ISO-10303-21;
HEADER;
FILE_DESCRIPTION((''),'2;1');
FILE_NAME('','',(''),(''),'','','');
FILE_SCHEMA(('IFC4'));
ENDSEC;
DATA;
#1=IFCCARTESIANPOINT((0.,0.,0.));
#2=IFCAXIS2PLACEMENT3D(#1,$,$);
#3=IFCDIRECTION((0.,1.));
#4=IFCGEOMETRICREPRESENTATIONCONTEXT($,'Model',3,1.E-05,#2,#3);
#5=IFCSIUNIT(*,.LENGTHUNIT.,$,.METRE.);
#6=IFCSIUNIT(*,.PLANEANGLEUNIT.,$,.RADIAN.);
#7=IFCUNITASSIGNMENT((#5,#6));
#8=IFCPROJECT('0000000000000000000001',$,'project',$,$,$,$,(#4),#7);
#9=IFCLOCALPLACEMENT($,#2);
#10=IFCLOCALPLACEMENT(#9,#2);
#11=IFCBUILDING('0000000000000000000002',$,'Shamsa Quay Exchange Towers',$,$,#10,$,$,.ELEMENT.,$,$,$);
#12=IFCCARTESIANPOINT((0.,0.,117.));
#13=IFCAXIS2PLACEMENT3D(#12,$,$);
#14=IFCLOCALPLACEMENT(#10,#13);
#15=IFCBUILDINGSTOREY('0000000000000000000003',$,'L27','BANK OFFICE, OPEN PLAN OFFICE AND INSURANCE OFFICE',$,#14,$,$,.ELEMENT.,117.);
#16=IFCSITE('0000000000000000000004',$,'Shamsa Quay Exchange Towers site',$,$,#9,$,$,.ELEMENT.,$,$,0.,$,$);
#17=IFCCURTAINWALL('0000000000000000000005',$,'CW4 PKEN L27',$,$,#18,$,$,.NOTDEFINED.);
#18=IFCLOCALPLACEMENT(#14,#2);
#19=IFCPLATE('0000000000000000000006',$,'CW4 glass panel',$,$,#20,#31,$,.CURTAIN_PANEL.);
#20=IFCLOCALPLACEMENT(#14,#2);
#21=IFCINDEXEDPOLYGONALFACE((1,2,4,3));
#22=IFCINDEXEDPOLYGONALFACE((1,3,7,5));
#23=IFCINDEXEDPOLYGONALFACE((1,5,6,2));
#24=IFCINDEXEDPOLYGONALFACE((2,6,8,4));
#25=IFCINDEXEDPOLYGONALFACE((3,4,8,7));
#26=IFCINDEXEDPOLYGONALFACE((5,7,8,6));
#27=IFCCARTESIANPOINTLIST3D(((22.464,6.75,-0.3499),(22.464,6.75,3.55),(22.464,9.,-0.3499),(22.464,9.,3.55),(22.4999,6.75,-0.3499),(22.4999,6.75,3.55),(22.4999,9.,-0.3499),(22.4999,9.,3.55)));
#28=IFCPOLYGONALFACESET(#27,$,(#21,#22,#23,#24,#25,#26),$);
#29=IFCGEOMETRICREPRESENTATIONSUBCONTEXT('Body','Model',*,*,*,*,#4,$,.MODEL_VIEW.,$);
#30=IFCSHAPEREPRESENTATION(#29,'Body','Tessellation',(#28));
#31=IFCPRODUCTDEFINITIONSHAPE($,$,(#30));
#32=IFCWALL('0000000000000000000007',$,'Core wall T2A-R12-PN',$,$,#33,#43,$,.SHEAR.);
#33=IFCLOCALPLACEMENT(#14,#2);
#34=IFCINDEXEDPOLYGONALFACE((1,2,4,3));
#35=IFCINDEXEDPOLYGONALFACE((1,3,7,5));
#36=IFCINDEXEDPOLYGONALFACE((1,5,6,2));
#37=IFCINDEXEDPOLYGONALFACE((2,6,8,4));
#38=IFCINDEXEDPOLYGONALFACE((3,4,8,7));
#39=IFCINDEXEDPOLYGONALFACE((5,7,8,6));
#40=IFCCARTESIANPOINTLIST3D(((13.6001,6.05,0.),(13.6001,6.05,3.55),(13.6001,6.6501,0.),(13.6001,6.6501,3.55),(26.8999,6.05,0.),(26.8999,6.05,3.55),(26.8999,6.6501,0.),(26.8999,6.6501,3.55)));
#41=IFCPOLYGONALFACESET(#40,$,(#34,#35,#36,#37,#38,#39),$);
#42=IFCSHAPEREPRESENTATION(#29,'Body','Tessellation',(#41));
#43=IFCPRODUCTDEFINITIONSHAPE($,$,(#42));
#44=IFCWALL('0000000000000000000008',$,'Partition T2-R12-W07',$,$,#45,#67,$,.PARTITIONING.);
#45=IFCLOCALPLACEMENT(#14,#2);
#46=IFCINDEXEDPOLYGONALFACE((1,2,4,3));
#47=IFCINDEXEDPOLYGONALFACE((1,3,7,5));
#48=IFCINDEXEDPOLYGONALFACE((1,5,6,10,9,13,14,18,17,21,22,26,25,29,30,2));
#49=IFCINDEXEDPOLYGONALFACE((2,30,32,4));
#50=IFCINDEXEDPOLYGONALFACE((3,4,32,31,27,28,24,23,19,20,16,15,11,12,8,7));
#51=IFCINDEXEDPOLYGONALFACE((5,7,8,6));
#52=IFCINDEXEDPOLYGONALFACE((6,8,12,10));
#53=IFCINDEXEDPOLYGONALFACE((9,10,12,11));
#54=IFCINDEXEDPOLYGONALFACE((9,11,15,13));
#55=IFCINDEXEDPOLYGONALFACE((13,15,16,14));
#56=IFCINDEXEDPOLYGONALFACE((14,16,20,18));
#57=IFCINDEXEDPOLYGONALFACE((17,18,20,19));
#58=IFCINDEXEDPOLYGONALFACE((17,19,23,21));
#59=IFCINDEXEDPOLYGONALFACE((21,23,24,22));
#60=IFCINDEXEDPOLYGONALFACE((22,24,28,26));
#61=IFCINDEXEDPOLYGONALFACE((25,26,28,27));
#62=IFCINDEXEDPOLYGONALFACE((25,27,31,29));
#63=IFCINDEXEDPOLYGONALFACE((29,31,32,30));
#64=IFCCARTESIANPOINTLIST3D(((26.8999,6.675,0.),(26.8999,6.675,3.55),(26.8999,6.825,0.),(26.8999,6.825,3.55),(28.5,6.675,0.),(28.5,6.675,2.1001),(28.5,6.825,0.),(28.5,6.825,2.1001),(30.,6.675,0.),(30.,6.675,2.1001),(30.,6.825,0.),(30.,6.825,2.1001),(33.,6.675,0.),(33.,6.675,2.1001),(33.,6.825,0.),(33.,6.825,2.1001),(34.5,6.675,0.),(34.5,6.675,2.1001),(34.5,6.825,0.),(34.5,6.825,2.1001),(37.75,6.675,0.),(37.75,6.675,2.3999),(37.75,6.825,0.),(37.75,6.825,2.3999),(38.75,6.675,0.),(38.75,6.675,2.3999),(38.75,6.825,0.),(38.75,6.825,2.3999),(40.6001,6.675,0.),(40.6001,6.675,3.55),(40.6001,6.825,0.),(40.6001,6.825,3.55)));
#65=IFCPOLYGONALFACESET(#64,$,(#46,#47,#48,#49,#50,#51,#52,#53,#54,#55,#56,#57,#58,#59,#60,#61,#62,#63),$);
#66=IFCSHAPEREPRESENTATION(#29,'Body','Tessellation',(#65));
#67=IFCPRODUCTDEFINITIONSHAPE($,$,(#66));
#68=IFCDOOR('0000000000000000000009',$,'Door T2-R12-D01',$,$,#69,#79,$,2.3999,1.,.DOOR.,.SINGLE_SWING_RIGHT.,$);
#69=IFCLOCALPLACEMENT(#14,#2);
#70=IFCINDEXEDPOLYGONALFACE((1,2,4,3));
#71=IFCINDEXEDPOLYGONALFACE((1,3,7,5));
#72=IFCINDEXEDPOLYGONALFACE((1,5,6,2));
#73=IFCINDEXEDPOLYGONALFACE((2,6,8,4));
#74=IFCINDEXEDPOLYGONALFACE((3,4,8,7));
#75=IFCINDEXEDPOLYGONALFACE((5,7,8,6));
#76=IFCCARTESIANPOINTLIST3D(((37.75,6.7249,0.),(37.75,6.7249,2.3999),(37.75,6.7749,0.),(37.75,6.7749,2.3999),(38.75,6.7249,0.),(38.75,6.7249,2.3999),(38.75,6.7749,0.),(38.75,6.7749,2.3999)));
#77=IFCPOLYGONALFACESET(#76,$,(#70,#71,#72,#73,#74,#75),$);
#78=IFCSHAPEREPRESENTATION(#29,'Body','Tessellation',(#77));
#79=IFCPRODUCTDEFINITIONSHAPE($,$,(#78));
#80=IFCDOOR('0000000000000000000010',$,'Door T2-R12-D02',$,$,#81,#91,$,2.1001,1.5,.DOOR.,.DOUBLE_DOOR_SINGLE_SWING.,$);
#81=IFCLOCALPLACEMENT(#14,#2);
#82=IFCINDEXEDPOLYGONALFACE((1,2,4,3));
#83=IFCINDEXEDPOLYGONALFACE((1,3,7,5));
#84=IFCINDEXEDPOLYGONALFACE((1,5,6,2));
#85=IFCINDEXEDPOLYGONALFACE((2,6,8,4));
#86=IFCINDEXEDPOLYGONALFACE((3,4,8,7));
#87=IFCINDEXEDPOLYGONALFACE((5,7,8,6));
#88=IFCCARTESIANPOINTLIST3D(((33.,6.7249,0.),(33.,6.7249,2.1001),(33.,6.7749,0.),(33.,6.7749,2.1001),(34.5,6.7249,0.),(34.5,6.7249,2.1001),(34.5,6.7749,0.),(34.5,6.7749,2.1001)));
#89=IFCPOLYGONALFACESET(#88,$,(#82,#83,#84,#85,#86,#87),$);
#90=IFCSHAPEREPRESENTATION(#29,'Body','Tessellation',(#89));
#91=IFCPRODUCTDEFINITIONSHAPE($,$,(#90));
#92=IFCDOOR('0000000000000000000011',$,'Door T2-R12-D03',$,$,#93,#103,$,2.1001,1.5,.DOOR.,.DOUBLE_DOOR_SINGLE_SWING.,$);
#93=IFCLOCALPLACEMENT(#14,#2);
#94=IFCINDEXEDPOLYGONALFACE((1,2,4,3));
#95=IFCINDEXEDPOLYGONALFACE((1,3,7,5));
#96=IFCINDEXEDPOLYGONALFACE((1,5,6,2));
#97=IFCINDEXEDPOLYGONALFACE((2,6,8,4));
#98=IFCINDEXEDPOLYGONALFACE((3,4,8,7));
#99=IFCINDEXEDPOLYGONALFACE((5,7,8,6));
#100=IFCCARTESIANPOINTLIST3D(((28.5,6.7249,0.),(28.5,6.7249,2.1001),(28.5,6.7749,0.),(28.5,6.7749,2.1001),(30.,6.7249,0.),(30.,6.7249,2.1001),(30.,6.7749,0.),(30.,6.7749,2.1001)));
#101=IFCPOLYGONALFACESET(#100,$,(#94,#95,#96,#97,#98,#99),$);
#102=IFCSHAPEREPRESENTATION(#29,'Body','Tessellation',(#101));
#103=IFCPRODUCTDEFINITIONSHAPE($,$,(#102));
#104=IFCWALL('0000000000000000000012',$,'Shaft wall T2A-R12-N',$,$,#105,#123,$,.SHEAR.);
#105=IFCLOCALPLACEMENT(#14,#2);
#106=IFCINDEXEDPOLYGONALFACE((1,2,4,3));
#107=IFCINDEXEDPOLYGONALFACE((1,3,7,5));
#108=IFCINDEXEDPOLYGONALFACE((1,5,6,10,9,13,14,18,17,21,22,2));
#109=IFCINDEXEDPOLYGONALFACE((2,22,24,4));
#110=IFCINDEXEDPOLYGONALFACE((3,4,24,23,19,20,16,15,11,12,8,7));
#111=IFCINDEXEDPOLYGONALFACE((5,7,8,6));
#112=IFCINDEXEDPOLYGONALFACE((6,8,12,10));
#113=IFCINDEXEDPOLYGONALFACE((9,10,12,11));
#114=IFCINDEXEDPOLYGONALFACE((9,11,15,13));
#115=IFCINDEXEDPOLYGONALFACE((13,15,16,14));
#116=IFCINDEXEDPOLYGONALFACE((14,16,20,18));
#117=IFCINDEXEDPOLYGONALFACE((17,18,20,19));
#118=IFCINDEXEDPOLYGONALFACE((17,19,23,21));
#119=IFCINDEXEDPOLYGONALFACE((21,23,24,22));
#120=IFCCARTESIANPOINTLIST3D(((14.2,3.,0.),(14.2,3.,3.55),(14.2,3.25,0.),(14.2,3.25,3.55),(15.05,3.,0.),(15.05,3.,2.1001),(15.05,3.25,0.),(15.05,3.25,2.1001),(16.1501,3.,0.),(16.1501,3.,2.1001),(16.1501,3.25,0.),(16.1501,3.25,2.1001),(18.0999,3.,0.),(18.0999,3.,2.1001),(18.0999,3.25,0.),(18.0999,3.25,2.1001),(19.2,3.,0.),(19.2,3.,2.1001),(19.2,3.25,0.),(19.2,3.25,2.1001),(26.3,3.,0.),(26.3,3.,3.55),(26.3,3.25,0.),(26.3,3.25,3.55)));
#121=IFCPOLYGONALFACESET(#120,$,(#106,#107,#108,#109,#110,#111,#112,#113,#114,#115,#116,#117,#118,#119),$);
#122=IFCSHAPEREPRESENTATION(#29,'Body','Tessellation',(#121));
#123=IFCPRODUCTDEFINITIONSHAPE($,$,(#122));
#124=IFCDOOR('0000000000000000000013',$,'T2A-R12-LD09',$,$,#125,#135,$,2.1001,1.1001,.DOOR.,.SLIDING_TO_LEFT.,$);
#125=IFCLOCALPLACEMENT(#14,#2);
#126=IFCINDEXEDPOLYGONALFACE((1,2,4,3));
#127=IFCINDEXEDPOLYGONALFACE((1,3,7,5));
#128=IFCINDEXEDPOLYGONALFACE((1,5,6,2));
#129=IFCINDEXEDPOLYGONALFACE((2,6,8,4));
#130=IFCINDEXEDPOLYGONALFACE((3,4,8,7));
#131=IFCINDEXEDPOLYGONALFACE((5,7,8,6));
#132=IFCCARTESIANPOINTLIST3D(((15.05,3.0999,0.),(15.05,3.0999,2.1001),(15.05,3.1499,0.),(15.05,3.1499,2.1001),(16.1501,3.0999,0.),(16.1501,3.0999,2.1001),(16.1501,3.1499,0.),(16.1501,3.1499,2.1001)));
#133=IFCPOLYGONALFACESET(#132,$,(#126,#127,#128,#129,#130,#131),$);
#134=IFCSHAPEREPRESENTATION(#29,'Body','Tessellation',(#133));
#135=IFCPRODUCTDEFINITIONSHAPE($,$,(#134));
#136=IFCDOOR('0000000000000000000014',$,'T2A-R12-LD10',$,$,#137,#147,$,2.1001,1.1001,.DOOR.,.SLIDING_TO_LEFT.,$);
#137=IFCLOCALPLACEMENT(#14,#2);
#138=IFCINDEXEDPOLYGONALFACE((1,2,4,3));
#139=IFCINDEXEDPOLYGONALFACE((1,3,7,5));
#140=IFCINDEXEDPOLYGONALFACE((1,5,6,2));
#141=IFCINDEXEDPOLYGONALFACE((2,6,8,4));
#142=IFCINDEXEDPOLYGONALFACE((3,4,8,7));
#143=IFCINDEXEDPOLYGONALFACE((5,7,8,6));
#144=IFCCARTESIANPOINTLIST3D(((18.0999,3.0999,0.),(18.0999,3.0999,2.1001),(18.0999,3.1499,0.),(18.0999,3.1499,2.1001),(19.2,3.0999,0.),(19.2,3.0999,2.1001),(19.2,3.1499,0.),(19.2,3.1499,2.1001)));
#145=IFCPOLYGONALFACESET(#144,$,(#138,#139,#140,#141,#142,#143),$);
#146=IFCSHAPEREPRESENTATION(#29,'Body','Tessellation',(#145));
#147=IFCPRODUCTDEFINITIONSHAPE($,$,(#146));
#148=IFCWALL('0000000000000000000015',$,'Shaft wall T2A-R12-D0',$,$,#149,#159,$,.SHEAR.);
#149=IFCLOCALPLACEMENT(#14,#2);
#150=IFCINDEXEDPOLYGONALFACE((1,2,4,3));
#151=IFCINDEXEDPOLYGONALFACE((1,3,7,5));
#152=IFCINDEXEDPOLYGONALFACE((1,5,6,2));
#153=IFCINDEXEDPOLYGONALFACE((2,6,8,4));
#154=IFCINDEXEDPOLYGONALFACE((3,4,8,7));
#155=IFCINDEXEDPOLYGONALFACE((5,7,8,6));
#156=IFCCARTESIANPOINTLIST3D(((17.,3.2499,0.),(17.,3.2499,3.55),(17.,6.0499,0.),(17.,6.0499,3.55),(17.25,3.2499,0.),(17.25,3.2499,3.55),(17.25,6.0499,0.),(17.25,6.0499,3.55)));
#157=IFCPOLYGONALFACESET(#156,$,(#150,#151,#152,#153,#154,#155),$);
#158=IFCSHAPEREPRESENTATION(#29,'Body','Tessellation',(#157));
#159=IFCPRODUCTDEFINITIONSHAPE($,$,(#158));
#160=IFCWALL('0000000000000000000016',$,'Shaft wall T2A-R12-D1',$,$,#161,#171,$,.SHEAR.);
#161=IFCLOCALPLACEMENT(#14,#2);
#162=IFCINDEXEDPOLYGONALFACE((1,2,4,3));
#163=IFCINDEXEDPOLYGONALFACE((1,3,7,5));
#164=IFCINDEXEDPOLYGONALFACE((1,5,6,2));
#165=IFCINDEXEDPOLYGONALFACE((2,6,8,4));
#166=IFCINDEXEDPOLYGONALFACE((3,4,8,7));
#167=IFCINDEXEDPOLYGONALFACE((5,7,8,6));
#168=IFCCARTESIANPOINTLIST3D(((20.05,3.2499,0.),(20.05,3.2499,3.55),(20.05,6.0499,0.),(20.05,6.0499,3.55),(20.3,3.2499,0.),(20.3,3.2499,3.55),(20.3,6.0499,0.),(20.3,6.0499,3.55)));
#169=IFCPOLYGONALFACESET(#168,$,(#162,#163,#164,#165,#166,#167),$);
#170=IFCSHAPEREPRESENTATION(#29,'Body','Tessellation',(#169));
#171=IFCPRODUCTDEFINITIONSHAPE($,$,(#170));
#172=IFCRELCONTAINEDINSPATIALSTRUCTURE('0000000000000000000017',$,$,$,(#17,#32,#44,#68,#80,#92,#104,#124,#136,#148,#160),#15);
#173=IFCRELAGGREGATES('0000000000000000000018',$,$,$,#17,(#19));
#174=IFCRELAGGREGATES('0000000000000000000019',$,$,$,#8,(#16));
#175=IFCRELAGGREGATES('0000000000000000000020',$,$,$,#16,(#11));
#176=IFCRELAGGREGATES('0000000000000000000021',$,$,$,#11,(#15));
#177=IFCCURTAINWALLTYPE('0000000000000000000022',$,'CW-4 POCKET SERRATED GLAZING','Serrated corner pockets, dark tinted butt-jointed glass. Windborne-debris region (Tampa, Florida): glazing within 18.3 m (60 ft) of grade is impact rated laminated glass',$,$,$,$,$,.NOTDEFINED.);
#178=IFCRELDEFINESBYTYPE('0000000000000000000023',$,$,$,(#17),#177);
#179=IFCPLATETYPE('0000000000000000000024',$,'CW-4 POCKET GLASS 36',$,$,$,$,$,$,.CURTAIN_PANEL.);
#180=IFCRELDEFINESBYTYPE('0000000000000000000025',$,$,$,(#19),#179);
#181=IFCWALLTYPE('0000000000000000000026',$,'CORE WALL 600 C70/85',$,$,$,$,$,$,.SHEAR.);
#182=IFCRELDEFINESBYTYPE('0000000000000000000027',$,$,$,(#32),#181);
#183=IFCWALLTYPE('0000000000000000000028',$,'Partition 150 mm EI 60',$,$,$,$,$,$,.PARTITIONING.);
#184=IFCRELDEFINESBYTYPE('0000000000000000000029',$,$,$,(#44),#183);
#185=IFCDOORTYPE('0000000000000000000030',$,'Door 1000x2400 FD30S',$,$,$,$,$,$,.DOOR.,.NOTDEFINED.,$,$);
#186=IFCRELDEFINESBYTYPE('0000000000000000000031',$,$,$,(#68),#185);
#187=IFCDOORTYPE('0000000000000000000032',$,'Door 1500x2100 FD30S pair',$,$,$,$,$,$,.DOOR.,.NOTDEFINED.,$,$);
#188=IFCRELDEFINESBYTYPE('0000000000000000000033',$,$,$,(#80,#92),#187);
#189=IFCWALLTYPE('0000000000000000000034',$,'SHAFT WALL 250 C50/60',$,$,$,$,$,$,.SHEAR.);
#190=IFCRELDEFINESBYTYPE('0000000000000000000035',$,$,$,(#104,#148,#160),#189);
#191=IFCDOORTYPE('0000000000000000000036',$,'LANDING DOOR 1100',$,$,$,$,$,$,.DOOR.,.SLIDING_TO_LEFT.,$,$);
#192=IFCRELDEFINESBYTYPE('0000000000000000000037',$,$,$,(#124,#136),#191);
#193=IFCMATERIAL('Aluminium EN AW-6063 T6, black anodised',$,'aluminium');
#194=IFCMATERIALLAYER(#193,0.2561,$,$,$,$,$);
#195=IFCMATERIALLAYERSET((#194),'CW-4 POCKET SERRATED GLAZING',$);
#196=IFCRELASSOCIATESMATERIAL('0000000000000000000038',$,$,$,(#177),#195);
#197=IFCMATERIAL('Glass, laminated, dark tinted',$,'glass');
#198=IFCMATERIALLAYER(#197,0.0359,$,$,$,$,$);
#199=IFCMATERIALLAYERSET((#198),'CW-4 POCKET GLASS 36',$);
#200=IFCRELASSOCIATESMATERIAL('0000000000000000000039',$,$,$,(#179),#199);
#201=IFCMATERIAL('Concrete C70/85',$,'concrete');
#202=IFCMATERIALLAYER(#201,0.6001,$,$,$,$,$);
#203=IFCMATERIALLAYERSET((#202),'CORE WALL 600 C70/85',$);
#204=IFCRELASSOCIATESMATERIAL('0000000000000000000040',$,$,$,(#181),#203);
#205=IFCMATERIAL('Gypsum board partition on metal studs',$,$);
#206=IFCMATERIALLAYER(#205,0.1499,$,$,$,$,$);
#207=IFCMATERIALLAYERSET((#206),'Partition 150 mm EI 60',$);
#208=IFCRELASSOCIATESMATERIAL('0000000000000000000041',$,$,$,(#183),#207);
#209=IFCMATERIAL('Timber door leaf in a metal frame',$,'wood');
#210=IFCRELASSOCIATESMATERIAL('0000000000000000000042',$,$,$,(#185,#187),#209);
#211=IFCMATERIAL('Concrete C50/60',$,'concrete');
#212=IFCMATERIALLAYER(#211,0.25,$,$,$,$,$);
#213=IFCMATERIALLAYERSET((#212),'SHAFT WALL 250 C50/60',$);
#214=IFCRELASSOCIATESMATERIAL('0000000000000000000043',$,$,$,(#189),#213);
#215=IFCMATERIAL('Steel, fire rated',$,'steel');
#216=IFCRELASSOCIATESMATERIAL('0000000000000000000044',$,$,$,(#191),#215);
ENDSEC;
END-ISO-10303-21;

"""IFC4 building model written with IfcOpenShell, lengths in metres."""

from ifc_helpers import new_model, si_unit, direction, frame, frame_2d, origin, origin_2d, place, context, subcontext, project, spatial, rectangle, extrude, material, layer, layer_set, type_object, element, fill, aggregate, save


model = new_model("IFC4")

# Units and contexts
model_context = context("Model", 3, precision=1e-05, world=origin(), true_north=direction((0.0, 1.0)))
body_context = subcontext(model_context, "Body", "Model", "MODEL_VIEW")
ifc_project = project(units=[si_unit("LENGTHUNIT", "METRE"), si_unit("PLANEANGLEUNIT", "RADIAN")], contexts=[model_context])

# Site, building, storey
site_placement = place(None, origin())
site = spatial("IfcSite", under=ifc_project, at=site_placement, Name="Shamsa Quay Exchange Towers site", CompositionType="ELEMENT", RefElevation=0.0)
building_placement = place(site_placement, origin())
building = spatial("IfcBuilding", under=site, at=building_placement, Name="Shamsa Quay Exchange Towers", CompositionType="ELEMENT")
storey_placement = place(building_placement, frame((0.0, 0.0, 117.0)))
storey = spatial("IfcBuildingStorey", under=building, at=storey_placement, Name="L27", Description="BANK OFFICE, OPEN PLAN OFFICE AND INSURANCE OFFICE", CompositionType="ELEMENT", Elevation=117.0)

# Shared definitions
ifc_material_1 = material(Name="Aluminium EN AW-6063 T6, black anodised", Category="aluminium")

# Shared definitions
ifc_material_2 = material(Name="Glass, laminated, dark tinted", Category="glass")

# Curtain wall, plate
ifc_layer_1 = layer(ifc_material_1, 0.2561)
ifc_layer_set_1 = layer_set([ifc_layer_1], Name="CW-4 POCKET SERRATED GLAZING")
curtain_wall_type_1 = type_object("IfcCurtainWallType", Name="CW-4 POCKET SERRATED GLAZING", Description="Serrated corner pockets, dark tinted butt-jointed glass. Windborne-debris region (Tampa, Florida): glazing within 18.3 m (60 ft) of grade is impact rated laminated glass", PredefinedType="NOTDEFINED", material=ifc_layer_set_1)
curtain_wall_1_placement = place(storey_placement, origin())
curtain_wall_1 = element("IfcCurtainWall", 1, at=curtain_wall_1_placement, inside=storey, type_object=curtain_wall_type_1, Name="CW4 PKEN L27", PredefinedType="NOTDEFINED")
ifc_layer_2 = layer(ifc_material_2, 0.0359)
ifc_layer_set_2 = layer_set([ifc_layer_2], Name="CW-4 POCKET GLASS 36")
plate_type_1 = type_object("IfcPlateType", Name="CW-4 POCKET GLASS 36", PredefinedType="CURTAIN_PANEL", material=ifc_layer_set_2)
plate_1_placement = place(storey_placement, frame((22.4819, 7.875, -0.3499), z_axis=(0.0, 0.0, 1.0), x_axis=(0.0, -1.0, 0.0)))
plate_1 = element("IfcPlate", 2, at=plate_1_placement, type_object=plate_type_1, Name="CW4 glass panel", PredefinedType="CURTAIN_PANEL", context=body_context, shape_type="SweptSolid", body=[
    extrude(rectangle(XDim=2.25, YDim=0.0359, at=origin_2d()), origin(), (0.0, 0.0, 1.0), 3.8999),
])
aggregate(curtain_wall_1, [plate_1])

# Wall
ifc_material_3 = material(Name="Concrete C70/85", Category="concrete")
ifc_layer_3 = layer(ifc_material_3, 0.6001)
ifc_layer_set_3 = layer_set([ifc_layer_3], Name="CORE WALL 600 C70/85")
wall_type_1 = type_object("IfcWallType", Name="CORE WALL 600 C70/85", PredefinedType="SHEAR", material=ifc_layer_set_3)
wall_1_placement = place(storey_placement, frame((13.6001, 6.3501, 0.0)))
element("IfcWall", 3, at=wall_1_placement, inside=storey, type_object=wall_type_1, Name="Core wall T2A-R12-PN", PredefinedType="SHEAR", context=body_context, shape_type="SweptSolid", body=[
    extrude(rectangle(XDim=13.2998, YDim=0.6001, at=frame_2d((6.6499, 0.0))), origin(), (0.0, 0.0, 1.0), 3.55),
])

# Shared definitions
ifc_material_4 = material(Name="Steel, fire rated", Category="steel")

# Walls, openings, doors
ifc_material_5 = material(Name="Gypsum board partition on metal studs")
ifc_layer_4 = layer(ifc_material_5, 0.1499)
ifc_layer_set_4 = layer_set([ifc_layer_4], Name="Partition 150 mm EI 60")
wall_type_2 = type_object("IfcWallType", Name="Partition 150 mm EI 60", PredefinedType="PARTITIONING", material=ifc_layer_set_4)
wall_2_placement = place(storey_placement, frame((26.8999, 6.75, 0.0)))
wall_2 = element("IfcWall", 4, at=wall_2_placement, inside=storey, type_object=wall_type_2, Name="Partition T2-R12-W07", PredefinedType="PARTITIONING", context=body_context, shape_type="SweptSolid", body=[
    extrude(rectangle(XDim=13.7002, YDim=0.1499, at=frame_2d((6.8501, 0.0))), origin(), (0.0, 0.0, 1.0), 3.55),
])
opening_1_placement = place(wall_2_placement, frame((10.8501, 0.0, 0.0)))
opening_1 = element("IfcOpeningElement", 5, at=opening_1_placement, cuts=wall_2, PredefinedType="OPENING", context=body_context, shape_type="SweptSolid", body=[
    extrude(rectangle(XDim=1.0, YDim=2.3999, at=frame_2d((0.5, 1.2))), frame((0.0, 0.085, 0.0), z_axis=(0.0, -1.0, 0.0), x_axis=(1.0, 0.0, 0.0)), (0.0, 0.0, 1.0), 0.1699),
])
opening_2_placement = place(wall_2_placement, frame((6.1001, 0.0, 0.0)))
opening_2 = element("IfcOpeningElement", 6, at=opening_2_placement, cuts=wall_2, PredefinedType="OPENING", context=body_context, shape_type="SweptSolid", body=[
    extrude(rectangle(XDim=1.5, YDim=2.1001, at=frame_2d((0.75, 1.05))), frame((0.0, 0.085, 0.0), z_axis=(0.0, -1.0, 0.0), x_axis=(1.0, 0.0, 0.0)), (0.0, 0.0, 1.0), 0.1699),
])
opening_3_placement = place(wall_2_placement, frame((1.6001, 0.0, 0.0)))
opening_3 = element("IfcOpeningElement", 7, at=opening_3_placement, cuts=wall_2, PredefinedType="OPENING", context=body_context, shape_type="SweptSolid", body=[
    extrude(rectangle(XDim=1.5, YDim=2.1001, at=frame_2d((0.75, 1.05))), frame((0.0, 0.085, 0.0), z_axis=(0.0, -1.0, 0.0), x_axis=(1.0, 0.0, 0.0)), (0.0, 0.0, 1.0), 0.1699),
])
ifc_material_6 = material(Name="Timber door leaf in a metal frame", Category="wood")
door_type_1 = type_object("IfcDoorType", Name="Door 1000x2400 FD30S", OperationType="NOTDEFINED", PredefinedType="DOOR", material=ifc_material_6)
door_1_placement = place(opening_1_placement, origin())
door_1 = element("IfcDoor", 8, at=door_1_placement, inside=storey, type_object=door_type_1, Name="Door T2-R12-D01", OperationType="SINGLE_SWING_RIGHT", OverallHeight=2.3999, OverallWidth=1.0, PredefinedType="DOOR", context=body_context, shape_type="SweptSolid", body=[
    extrude(rectangle(XDim=1.0, YDim=2.3999, at=frame_2d((0.5, 1.2))), frame((0.0, 0.0249, 0.0), z_axis=(0.0, -1.0, 0.0), x_axis=(1.0, 0.0, 0.0)), (0.0, 0.0, 1.0), 0.05),
])
fill(opening_1, door_1)
door_type_2 = type_object("IfcDoorType", Name="Door 1500x2100 FD30S pair", OperationType="NOTDEFINED", PredefinedType="DOOR", material=ifc_material_6)
door_2_placement = place(opening_2_placement, origin())
door_2 = element("IfcDoor", 9, at=door_2_placement, inside=storey, type_object=door_type_2, Name="Door T2-R12-D02", OperationType="DOUBLE_DOOR_SINGLE_SWING", OverallHeight=2.1001, OverallWidth=1.5, PredefinedType="DOOR", context=body_context, shape_type="SweptSolid", body=[
    extrude(rectangle(XDim=1.5, YDim=2.1001, at=frame_2d((0.75, 1.05))), frame((0.0, 0.0249, 0.0), z_axis=(0.0, -1.0, 0.0), x_axis=(1.0, 0.0, 0.0)), (0.0, 0.0, 1.0), 0.05),
])
fill(opening_2, door_2)
door_3_placement = place(opening_3_placement, origin())
door_3 = element("IfcDoor", 10, at=door_3_placement, inside=storey, type_object=door_type_2, Name="Door T2-R12-D03", OperationType="DOUBLE_DOOR_SINGLE_SWING", OverallHeight=2.1001, OverallWidth=1.5, PredefinedType="DOOR", context=body_context, shape_type="SweptSolid", body=[
    extrude(rectangle(XDim=1.5, YDim=2.1001, at=frame_2d((0.75, 1.05))), frame((0.0, 0.0249, 0.0), z_axis=(0.0, -1.0, 0.0), x_axis=(1.0, 0.0, 0.0)), (0.0, 0.0, 1.0), 0.05),
])
fill(opening_3, door_3)
ifc_material_7 = material(Name="Concrete C50/60", Category="concrete")
ifc_layer_5 = layer(ifc_material_7, 0.25)
ifc_layer_set_5 = layer_set([ifc_layer_5], Name="SHAFT WALL 250 C50/60")
wall_type_3 = type_object("IfcWallType", Name="SHAFT WALL 250 C50/60", PredefinedType="SHEAR", material=ifc_layer_set_5)
wall_3_placement = place(storey_placement, frame((14.2, 3.125, 0.0)))
wall_3 = element("IfcWall", 11, at=wall_3_placement, inside=storey, type_object=wall_type_3, Name="Shaft wall T2A-R12-N", PredefinedType="SHEAR", context=body_context, shape_type="SweptSolid", body=[
    extrude(rectangle(XDim=12.1001, YDim=0.25, at=frame_2d((6.05, 0.0))), origin(), (0.0, 0.0, 1.0), 3.55),
])
opening_4_placement = place(wall_3_placement, frame((0.8501, 0.0, 0.0)))
opening_4 = element("IfcOpeningElement", 12, at=opening_4_placement, cuts=wall_3, PredefinedType="OPENING", context=body_context, shape_type="SweptSolid", body=[
    extrude(rectangle(XDim=1.1001, YDim=2.1001, at=frame_2d((0.55, 1.05))), frame((0.0, 0.135, 0.0), z_axis=(0.0, -1.0, 0.0), x_axis=(1.0, 0.0, 0.0)), (0.0, 0.0, 1.0), 0.27),
])
opening_5_placement = place(wall_3_placement, frame((3.8999, 0.0, 0.0)))
opening_5 = element("IfcOpeningElement", 13, at=opening_5_placement, cuts=wall_3, PredefinedType="OPENING", context=body_context, shape_type="SweptSolid", body=[
    extrude(rectangle(XDim=1.1001, YDim=2.1001, at=frame_2d((0.55, 1.05))), frame((0.0, 0.135, 0.0), z_axis=(0.0, -1.0, 0.0), x_axis=(1.0, 0.0, 0.0)), (0.0, 0.0, 1.0), 0.27),
])
door_type_3 = type_object("IfcDoorType", Name="LANDING DOOR 1100", OperationType="SLIDING_TO_LEFT", PredefinedType="DOOR", material=ifc_material_4)
door_4_placement = place(opening_4_placement, origin())
door_4 = element("IfcDoor", 14, at=door_4_placement, inside=storey, type_object=door_type_3, Name="T2A-R12-LD09", OperationType="SLIDING_TO_LEFT", OverallHeight=2.1001, OverallWidth=1.1001, PredefinedType="DOOR", context=body_context, shape_type="SweptSolid", body=[
    extrude(rectangle(XDim=1.1001, YDim=2.1001, at=frame_2d((0.55, 1.05))), frame((0.0, 0.0249, 0.0), z_axis=(0.0, -1.0, 0.0), x_axis=(1.0, 0.0, 0.0)), (0.0, 0.0, 1.0), 0.05),
])
fill(opening_4, door_4)
door_5_placement = place(opening_5_placement, origin())
door_5 = element("IfcDoor", 15, at=door_5_placement, inside=storey, type_object=door_type_3, Name="T2A-R12-LD10", OperationType="SLIDING_TO_LEFT", OverallHeight=2.1001, OverallWidth=1.1001, PredefinedType="DOOR", context=body_context, shape_type="SweptSolid", body=[
    extrude(rectangle(XDim=1.1001, YDim=2.1001, at=frame_2d((0.55, 1.05))), frame((0.0, 0.0249, 0.0), z_axis=(0.0, -1.0, 0.0), x_axis=(1.0, 0.0, 0.0)), (0.0, 0.0, 1.0), 0.05),
])
fill(opening_5, door_5)

# Walls
for number, where, z_axis, x_axis, name in (
    (16, (17.125, 3.25, 0.0), (0.0, 0.0, 1.0), (0.0, 1.0, 0.0), "Shaft wall T2A-R12-D0"),
    (17, (20.175, 3.25, 0.0), (0.0, 0.0, 1.0), (0.0, 1.0, 0.0), "Shaft wall T2A-R12-D1"),
):
    element("IfcWall", number, at=place(storey_placement, frame(where, z_axis=z_axis, x_axis=x_axis)), inside=storey, type_object=wall_type_3, Name=name, PredefinedType="SHEAR", context=body_context, shape_type="SweptSolid", body=[
        extrude(rectangle(XDim=2.8, YDim=0.25, at=frame_2d((1.3999, 0.0))), origin(), (0.0, 0.0, 1.0), 3.55),
    ])

save(model, "model.ifc")
